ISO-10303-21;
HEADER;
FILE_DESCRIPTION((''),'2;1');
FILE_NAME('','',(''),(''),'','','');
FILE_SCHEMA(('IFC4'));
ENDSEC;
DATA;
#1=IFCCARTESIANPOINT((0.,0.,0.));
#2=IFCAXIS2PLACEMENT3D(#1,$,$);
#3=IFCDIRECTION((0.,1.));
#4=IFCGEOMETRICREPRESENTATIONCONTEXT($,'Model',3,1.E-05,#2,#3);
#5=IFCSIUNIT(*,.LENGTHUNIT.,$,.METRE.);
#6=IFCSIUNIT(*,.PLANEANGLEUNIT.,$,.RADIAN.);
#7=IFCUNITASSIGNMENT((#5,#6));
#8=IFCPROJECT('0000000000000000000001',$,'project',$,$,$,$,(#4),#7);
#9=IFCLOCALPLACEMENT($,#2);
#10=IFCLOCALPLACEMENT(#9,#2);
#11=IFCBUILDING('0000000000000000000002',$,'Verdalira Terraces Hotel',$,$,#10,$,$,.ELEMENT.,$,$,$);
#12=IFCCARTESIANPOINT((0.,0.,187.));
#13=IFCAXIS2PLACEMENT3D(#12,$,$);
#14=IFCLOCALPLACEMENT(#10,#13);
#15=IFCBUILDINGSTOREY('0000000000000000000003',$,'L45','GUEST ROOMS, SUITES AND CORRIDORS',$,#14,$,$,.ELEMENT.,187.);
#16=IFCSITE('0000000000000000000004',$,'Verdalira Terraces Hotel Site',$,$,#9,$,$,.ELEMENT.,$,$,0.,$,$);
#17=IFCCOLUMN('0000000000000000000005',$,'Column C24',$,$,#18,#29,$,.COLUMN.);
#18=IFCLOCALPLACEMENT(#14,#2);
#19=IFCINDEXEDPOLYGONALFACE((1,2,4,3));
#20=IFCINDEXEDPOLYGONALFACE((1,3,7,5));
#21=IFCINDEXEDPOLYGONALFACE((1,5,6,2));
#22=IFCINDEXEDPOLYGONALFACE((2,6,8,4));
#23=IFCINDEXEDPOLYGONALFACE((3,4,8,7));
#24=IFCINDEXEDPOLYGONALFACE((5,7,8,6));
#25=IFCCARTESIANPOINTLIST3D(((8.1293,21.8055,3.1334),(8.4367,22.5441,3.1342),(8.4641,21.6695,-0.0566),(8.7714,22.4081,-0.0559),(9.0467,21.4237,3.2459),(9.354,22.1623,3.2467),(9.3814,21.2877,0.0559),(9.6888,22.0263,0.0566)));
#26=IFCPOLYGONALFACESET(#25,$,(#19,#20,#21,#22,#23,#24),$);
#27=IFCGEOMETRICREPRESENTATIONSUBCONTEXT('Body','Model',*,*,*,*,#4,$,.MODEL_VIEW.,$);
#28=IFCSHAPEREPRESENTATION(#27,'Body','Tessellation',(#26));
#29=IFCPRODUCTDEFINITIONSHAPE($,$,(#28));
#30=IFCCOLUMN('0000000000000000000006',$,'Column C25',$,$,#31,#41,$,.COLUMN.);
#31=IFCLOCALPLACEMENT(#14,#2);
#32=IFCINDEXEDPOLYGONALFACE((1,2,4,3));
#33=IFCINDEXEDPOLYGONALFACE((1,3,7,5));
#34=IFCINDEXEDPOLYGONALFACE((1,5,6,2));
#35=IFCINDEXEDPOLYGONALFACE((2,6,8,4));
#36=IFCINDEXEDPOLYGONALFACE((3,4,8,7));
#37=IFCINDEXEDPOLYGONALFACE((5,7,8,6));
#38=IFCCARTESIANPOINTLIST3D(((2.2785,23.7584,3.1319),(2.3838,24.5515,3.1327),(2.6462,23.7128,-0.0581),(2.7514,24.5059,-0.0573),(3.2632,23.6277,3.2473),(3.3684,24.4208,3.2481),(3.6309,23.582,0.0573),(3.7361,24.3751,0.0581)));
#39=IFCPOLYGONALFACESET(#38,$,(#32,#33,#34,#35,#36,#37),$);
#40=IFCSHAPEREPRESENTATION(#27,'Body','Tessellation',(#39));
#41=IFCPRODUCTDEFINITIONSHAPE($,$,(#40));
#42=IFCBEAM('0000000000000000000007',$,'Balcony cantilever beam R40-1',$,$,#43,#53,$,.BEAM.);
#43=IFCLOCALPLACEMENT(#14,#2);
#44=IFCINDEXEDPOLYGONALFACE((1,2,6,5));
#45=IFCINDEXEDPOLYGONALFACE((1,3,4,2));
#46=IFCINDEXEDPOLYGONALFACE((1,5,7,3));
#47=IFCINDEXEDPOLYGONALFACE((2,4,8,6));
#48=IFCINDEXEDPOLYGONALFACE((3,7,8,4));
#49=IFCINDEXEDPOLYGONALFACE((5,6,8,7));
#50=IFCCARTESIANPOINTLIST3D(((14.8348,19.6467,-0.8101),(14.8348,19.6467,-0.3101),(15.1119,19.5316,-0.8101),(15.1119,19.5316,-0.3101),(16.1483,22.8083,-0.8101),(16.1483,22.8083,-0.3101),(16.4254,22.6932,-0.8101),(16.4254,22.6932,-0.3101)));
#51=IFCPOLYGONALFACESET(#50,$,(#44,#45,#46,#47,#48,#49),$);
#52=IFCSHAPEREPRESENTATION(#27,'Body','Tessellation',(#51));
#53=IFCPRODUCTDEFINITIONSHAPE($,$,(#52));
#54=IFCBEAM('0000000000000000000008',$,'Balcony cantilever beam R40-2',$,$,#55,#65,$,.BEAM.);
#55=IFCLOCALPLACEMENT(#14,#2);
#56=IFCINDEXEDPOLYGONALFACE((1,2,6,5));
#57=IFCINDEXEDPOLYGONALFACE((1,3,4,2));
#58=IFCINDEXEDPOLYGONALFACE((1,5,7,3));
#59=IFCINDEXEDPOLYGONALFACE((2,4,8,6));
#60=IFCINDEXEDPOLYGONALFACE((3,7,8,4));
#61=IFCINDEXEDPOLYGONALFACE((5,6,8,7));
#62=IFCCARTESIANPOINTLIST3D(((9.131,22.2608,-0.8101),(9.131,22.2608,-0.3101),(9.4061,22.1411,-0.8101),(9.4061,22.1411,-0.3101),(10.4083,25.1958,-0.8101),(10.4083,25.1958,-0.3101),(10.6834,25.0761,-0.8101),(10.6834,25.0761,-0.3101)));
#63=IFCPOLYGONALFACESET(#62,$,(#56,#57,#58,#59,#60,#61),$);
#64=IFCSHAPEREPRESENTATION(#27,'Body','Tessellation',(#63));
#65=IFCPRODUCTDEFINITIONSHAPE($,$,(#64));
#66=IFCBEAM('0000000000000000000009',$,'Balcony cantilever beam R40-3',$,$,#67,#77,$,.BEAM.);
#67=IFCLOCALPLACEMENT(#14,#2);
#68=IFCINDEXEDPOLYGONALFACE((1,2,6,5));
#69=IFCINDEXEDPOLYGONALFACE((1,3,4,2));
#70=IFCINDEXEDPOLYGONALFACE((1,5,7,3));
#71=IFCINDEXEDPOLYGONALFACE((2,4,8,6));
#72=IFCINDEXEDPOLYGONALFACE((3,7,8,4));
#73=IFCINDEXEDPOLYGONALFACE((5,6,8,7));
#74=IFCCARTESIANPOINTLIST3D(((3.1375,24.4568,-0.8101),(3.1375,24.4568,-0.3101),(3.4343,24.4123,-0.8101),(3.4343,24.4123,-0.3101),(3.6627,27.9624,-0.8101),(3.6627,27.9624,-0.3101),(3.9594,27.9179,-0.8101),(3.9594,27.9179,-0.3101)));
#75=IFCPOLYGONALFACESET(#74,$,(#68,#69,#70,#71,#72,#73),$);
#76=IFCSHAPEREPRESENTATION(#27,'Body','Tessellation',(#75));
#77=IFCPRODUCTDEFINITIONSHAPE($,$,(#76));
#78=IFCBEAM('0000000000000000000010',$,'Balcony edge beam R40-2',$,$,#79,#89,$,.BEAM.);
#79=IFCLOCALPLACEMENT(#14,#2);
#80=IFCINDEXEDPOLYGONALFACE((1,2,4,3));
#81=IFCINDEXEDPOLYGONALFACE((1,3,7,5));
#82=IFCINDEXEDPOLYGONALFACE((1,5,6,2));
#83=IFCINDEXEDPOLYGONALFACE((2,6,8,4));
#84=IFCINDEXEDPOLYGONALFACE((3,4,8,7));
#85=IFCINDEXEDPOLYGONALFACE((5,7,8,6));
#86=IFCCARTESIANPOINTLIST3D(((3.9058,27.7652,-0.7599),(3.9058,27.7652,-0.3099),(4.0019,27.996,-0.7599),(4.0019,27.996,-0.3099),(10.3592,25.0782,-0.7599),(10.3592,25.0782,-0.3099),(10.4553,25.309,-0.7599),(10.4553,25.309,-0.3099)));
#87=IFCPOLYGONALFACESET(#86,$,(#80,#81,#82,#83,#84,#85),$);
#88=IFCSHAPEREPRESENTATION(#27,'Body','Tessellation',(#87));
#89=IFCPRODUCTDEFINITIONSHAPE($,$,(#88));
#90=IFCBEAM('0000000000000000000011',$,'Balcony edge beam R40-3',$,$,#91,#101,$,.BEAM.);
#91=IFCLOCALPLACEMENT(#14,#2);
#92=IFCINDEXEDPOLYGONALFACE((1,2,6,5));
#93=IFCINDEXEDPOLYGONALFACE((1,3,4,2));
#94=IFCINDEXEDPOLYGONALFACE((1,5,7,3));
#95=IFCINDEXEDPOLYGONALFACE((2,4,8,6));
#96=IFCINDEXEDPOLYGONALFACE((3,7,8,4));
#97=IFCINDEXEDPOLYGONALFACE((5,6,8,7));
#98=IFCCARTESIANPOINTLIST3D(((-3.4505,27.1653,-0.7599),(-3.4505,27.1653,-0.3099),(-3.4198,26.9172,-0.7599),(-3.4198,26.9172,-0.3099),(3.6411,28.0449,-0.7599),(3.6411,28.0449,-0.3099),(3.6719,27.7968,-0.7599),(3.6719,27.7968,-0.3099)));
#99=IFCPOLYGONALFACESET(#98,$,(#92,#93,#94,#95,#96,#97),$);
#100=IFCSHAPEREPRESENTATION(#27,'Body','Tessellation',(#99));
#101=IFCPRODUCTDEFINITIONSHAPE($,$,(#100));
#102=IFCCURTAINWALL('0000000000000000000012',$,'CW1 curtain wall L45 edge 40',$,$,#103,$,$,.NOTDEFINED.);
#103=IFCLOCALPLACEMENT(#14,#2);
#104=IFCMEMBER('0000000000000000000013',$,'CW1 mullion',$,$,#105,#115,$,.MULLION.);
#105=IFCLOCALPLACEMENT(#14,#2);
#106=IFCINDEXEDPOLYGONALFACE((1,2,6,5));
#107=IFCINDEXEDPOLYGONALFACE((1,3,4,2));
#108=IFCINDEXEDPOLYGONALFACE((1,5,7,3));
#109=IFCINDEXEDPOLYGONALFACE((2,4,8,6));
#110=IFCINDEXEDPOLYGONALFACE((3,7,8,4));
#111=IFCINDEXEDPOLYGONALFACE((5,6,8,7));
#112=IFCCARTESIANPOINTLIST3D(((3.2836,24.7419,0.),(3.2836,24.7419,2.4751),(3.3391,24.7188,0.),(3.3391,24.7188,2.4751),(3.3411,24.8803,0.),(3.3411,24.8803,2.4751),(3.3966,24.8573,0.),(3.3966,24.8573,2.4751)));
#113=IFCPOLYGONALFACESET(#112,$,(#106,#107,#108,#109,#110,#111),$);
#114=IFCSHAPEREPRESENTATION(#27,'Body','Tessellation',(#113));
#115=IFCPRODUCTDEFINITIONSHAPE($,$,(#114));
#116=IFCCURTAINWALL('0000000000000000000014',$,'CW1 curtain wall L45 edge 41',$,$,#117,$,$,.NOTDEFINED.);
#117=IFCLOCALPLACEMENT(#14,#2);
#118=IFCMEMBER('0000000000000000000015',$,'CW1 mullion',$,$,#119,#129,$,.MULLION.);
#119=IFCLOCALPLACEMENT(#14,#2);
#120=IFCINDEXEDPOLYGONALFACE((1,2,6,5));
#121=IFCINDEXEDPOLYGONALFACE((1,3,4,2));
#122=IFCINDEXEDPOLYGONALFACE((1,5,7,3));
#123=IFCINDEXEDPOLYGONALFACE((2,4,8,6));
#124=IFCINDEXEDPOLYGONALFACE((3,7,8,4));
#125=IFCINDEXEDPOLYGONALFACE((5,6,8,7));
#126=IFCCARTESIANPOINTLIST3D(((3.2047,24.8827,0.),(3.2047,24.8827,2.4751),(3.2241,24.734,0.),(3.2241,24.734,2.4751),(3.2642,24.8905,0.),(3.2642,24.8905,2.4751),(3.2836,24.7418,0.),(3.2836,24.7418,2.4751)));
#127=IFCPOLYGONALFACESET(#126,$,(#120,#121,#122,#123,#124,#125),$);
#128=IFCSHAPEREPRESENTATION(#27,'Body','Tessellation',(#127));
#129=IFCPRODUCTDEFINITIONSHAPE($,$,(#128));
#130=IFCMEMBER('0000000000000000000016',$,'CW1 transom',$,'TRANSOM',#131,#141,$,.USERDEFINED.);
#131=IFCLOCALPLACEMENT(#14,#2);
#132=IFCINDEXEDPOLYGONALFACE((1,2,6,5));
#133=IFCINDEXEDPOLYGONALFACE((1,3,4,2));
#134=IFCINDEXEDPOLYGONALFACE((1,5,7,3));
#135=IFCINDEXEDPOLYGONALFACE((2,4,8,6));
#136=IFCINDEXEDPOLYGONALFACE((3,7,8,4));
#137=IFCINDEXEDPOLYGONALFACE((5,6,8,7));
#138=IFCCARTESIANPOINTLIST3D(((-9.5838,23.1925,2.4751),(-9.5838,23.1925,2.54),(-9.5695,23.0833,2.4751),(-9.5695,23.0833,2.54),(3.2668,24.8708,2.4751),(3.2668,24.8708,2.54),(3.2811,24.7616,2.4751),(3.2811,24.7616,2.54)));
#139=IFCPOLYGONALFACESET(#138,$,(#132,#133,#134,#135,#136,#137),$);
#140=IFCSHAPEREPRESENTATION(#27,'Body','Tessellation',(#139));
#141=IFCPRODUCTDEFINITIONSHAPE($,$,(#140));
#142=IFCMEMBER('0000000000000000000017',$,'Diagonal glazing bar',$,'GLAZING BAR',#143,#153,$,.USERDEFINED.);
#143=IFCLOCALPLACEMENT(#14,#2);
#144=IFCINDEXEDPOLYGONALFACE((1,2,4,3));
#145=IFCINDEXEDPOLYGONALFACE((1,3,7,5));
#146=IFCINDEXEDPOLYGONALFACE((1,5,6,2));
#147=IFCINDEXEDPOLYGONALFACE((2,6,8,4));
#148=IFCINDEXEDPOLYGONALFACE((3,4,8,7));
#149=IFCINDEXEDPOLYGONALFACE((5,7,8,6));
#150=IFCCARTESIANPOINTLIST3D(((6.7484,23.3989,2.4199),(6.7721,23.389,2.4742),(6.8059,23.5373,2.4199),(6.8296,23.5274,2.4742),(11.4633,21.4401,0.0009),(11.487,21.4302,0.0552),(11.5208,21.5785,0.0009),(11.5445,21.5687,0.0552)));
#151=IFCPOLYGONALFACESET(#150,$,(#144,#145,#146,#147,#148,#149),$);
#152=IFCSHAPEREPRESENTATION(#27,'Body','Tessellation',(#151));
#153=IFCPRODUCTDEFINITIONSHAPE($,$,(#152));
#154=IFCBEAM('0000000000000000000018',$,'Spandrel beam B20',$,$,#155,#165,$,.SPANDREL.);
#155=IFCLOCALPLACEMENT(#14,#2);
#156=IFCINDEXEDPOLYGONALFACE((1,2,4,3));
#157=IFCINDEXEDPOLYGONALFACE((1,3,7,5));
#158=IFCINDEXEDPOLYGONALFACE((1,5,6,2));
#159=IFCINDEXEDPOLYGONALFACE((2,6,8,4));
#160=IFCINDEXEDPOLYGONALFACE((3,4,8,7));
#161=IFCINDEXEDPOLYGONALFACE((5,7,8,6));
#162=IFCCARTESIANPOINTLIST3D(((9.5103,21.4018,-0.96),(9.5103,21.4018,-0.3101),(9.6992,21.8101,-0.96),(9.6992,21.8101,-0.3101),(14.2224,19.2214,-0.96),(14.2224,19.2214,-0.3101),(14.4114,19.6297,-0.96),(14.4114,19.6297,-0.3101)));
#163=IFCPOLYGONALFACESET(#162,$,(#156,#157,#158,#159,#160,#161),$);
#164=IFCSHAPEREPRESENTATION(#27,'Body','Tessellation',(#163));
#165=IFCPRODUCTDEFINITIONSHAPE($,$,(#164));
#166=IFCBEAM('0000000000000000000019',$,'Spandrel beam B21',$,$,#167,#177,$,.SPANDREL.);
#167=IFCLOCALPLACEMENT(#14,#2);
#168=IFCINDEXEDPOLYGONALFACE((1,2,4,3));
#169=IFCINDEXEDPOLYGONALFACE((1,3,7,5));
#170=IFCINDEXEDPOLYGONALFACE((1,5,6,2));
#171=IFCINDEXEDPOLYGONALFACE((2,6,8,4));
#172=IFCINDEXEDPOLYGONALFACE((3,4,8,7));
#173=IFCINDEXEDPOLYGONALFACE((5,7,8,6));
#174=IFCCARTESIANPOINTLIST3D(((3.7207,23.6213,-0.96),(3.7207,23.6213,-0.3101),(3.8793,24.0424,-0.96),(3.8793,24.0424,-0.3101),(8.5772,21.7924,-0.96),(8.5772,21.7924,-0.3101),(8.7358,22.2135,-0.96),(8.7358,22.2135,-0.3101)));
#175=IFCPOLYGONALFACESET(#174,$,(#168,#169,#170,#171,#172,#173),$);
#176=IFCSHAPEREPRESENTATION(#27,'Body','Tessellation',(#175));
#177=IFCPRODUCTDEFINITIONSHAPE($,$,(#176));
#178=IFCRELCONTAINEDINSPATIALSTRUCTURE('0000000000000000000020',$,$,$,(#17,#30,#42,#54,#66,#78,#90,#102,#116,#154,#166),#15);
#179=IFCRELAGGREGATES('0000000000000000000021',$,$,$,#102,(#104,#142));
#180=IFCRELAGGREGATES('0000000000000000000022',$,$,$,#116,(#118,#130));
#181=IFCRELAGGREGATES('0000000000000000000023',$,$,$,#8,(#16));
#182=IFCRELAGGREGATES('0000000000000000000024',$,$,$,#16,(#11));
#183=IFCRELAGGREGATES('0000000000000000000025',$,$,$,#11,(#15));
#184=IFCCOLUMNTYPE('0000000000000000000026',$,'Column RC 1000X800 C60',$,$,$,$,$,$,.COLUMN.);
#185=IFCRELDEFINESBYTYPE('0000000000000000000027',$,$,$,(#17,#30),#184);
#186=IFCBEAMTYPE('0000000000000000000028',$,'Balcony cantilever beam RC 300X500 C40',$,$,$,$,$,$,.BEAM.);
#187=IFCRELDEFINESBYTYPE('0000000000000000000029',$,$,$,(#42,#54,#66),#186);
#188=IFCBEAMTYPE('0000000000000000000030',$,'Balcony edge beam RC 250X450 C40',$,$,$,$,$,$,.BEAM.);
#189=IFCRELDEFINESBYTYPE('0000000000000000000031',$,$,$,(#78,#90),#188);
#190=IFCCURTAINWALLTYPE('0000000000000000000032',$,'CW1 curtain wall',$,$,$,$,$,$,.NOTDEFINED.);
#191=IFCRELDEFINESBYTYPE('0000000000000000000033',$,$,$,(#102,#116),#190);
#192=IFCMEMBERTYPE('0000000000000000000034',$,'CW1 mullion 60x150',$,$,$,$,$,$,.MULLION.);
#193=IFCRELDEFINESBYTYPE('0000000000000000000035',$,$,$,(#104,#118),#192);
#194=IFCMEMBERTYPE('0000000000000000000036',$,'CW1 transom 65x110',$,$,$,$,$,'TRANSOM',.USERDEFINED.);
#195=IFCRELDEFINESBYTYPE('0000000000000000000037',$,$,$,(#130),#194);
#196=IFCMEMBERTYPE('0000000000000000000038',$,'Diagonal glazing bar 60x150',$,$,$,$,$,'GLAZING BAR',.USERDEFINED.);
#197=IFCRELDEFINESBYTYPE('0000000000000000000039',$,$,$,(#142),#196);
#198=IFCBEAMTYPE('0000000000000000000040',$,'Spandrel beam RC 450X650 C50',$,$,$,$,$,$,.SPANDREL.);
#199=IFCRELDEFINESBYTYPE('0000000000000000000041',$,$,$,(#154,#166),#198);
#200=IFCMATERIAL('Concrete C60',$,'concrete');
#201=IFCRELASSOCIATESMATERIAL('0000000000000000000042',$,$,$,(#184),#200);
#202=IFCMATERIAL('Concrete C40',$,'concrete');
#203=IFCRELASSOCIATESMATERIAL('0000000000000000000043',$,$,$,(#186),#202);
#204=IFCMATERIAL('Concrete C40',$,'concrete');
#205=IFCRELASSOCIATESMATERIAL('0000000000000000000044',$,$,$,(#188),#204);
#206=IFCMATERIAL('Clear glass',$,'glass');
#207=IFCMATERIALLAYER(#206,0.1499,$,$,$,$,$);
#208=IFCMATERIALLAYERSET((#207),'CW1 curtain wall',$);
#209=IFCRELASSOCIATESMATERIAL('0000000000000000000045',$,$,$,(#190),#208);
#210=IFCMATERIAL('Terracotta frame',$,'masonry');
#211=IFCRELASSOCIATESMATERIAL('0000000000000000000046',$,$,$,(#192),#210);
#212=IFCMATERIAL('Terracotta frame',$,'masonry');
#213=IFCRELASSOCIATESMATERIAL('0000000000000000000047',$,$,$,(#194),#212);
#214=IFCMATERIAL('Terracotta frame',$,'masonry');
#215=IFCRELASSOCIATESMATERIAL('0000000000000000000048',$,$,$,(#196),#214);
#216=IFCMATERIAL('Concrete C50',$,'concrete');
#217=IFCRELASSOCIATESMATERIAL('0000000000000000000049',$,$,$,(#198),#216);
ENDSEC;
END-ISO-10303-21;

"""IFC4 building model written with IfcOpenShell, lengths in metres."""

from ifc_helpers import new_model, si_unit, direction, frame, origin, origin_2d, place, context, subcontext, project, spatial, rectangle, extrude, material, layer, layer_set, material_profile, profile_set, type_object, element, aggregate, save


model = new_model("IFC4")

# Units and contexts
model_context = context("Model", 3, precision=1e-05, world=origin(), true_north=direction((0.0, 1.0)))
body_context = subcontext(model_context, "Body", "Model", "MODEL_VIEW")
ifc_project = project(units=[si_unit("LENGTHUNIT", "METRE"), si_unit("PLANEANGLEUNIT", "RADIAN")], contexts=[model_context])

# Site, building, storey
site_placement = place(None, origin())
site = spatial("IfcSite", under=ifc_project, at=site_placement, Name="Verdalira Terraces Hotel Site", CompositionType="ELEMENT", RefElevation=0.0)
building_placement = place(site_placement, origin())
building = spatial("IfcBuilding", under=site, at=building_placement, Name="Verdalira Terraces Hotel", CompositionType="ELEMENT")
storey_placement = place(building_placement, frame((0.0, 0.0, 187.0)))
storey = spatial("IfcBuildingStorey", under=building, at=storey_placement, Name="L45", Description="GUEST ROOMS, SUITES AND CORRIDORS", CompositionType="ELEMENT", Elevation=187.0)

# Columns
ifc_material_1 = material(Name="Concrete C60", Category="concrete")
ifc_material_profile_1 = material_profile(ifc_material_1, rectangle(XDim=1.0, YDim=0.8, at=origin_2d()), Name="RC 1000X800")
ifc_profile_set_1 = profile_set([ifc_material_profile_1], Name="Concrete C60")
column_type = type_object("IfcColumnType", Name="Column RC 1000X800 C60", PredefinedType="COLUMN", material=ifc_profile_set_1)
column_1_placement = place(storey_placement, frame((9.0764, 21.8479, 0.0), z_axis=(-0.104262, 0.042359, 0.993647), x_axis=(-0.917367, 0.381802, -0.112534)))
element("IfcColumn", 1, at=column_1_placement, inside=storey, type_object=column_type, Name="Column C24", PredefinedType="COLUMN", context=body_context, shape_type="SweptSolid", body=[
    extrude(rectangle(XDim=1.0, YDim=0.8, at=origin_2d()), origin(), (0.0, 0.0, 1.0), 3.2104),
])
column_2_placement = place(storey_placement, frame((3.1912, 24.0439, 0.0), z_axis=(-0.114491, 0.014216, 0.993323), x_axis=(0.984678, -0.130766, 0.115366)))
element("IfcColumn", 2, at=column_2_placement, inside=storey, type_object=column_type, Name="Column C25", PredefinedType="COLUMN", context=body_context, shape_type="SweptSolid", body=[
    extrude(rectangle(XDim=1.0, YDim=0.8, at=origin_2d()), origin(), (0.0, 0.0, 1.0), 3.2114),
])

# Beams
ifc_material_2 = material(Name="Concrete C40", Category="concrete")
ifc_material_profile_2 = material_profile(ifc_material_2, rectangle(XDim=0.3, YDim=0.5, at=origin_2d()), Name="RC 300X500")
ifc_profile_set_2 = profile_set([ifc_material_profile_2], Name="Concrete C40")
beam_type_1 = type_object("IfcBeamType", Name="Balcony cantilever beam RC 300X500 C40", PredefinedType="BEAM", material=ifc_profile_set_2)
beam_1_placement = place(storey_placement, frame((14.9734, 19.5891, -0.5601), z_axis=(0.383653, 0.923477, 0.0), x_axis=(-0.923477, 0.383653, 0.0)))
element("IfcBeam", 3, at=beam_1_placement, inside=storey, type_object=beam_type_1, Name="Balcony cantilever beam R40-1", PredefinedType="BEAM", context=body_context, shape_type="SweptSolid", body=[
    extrude(rectangle(XDim=0.3, YDim=0.5, at=origin_2d()), origin(), (0.0, 0.0, 1.0), 3.4236),
])
beam_2_placement = place(storey_placement, frame((9.2686, 22.2009, -0.5601), z_axis=(0.39905, 0.916929, 0.0), x_axis=(-0.916929, 0.39905, 0.0)))
element("IfcBeam", 4, at=beam_2_placement, inside=storey, type_object=beam_type_1, Name="Balcony cantilever beam R40-2", PredefinedType="BEAM", context=body_context, shape_type="SweptSolid", body=[
    extrude(rectangle(XDim=0.3, YDim=0.5, at=origin_2d()), origin(), (0.0, 0.0, 1.0), 3.2009),
])
beam_3_placement = place(storey_placement, frame((3.2859, 24.4346, -0.5601), z_axis=(0.148148, 0.988965, 0.0), x_axis=(-0.988965, 0.148148, 0.0)))
element("IfcBeam", 5, at=beam_3_placement, inside=storey, type_object=beam_type_1, Name="Balcony cantilever beam R40-3", PredefinedType="BEAM", context=body_context, shape_type="SweptSolid", body=[
    extrude(rectangle(XDim=0.3, YDim=0.5, at=origin_2d()), origin(), (0.0, 0.0, 1.0), 3.5447),
])
ifc_material_3 = material(Name="Concrete C40", Category="concrete")
ifc_material_profile_3 = material_profile(ifc_material_3, rectangle(XDim=0.25, YDim=0.45, at=origin_2d()), Name="RC 250X450")
ifc_profile_set_3 = profile_set([ifc_material_profile_3], Name="Concrete C40")
beam_type_2 = type_object("IfcBeamType", Name="Balcony edge beam RC 250X450 C40", PredefinedType="BEAM", material=ifc_profile_set_3)
beam_4_placement = place(storey_placement, frame((10.4072, 25.1936, -0.5349), z_axis=(-0.923173, 0.384385, 0.0), x_axis=(-0.384385, -0.923173, 0.0)))
element("IfcBeam", 6, at=beam_4_placement, inside=storey, type_object=beam_type_2, Name="Balcony edge beam R40-2", PredefinedType="BEAM", context=body_context, shape_type="SweptSolid", body=[
    extrude(rectangle(XDim=0.25, YDim=0.45, at=origin_2d()), origin(), (0.0, 0.0, 1.0), 6.9905),
])
beam_5_placement = place(storey_placement, frame((3.6565, 27.9209, -0.5349), z_axis=(-0.992395, -0.123097, 0.0), x_axis=(0.123097, -0.992395, 0.0)))
element("IfcBeam", 7, at=beam_5_placement, inside=storey, type_object=beam_type_2, Name="Balcony edge beam R40-3", PredefinedType="BEAM", context=body_context, shape_type="SweptSolid", body=[
    extrude(rectangle(XDim=0.25, YDim=0.45, at=origin_2d()), origin(), (0.0, 0.0, 1.0), 7.146),
])

# Curtain wall, member
ifc_material_4 = material(Name="Clear glass", Category="glass")
ifc_layer_1 = layer(ifc_material_4, 0.1499)
ifc_layer_set_1 = layer_set([ifc_layer_1], Name="CW1 curtain wall")
curtain_wall_type = type_object("IfcCurtainWallType", Name="CW1 curtain wall", PredefinedType="NOTDEFINED", material=ifc_layer_set_1)
curtain_wall_1_placement = place(storey_placement, origin())
curtain_wall_1 = element("IfcCurtainWall", 8, at=curtain_wall_1_placement, inside=storey, type_object=curtain_wall_type, Name="CW1 curtain wall L45 edge 40", PredefinedType="NOTDEFINED")
ifc_material_5 = material(Name="Terracotta frame", Category="masonry")
ifc_material_profile_4 = material_profile(ifc_material_5, rectangle(XDim=0.0601, YDim=0.1499, at=origin_2d()), Name="MU 60x150")
ifc_profile_set_4 = profile_set([ifc_material_profile_4], Name="Terracotta frame")
member_type_1 = type_object("IfcMemberType", Name="CW1 mullion 60x150", PredefinedType="MULLION", material=ifc_profile_set_4)
member_1_placement = place(storey_placement, frame((3.3401, 24.7996, 0.0), z_axis=(0.0, 0.0, 1.0), x_axis=(-0.923478, 0.383651, 0.0)))
member_1 = element("IfcMember", 9, at=member_1_placement, type_object=member_type_1, Name="CW1 mullion", PredefinedType="MULLION", context=body_context, shape_type="SweptSolid", body=[
    extrude(rectangle(XDim=0.0601, YDim=0.1499, at=origin_2d()), origin(), (0.0, 0.0, 1.0), 2.4751),
])

# Curtain wall, members
curtain_wall_2_placement = place(storey_placement, origin())
curtain_wall_2 = element("IfcCurtainWall", 10, at=curtain_wall_2_placement, inside=storey, type_object=curtain_wall_type, Name="CW1 curtain wall L45 edge 41", PredefinedType="NOTDEFINED")
member_2_placement = place(storey_placement, frame((3.2441, 24.8123, 0.0), z_axis=(0.0, 0.0, 1.0), x_axis=(-0.991581, -0.129488, 0.0)))
member_2 = element("IfcMember", 11, at=member_2_placement, type_object=member_type_1, Name="CW1 mullion", PredefinedType="MULLION", context=body_context, shape_type="SweptSolid", body=[
    extrude(rectangle(XDim=0.0601, YDim=0.1499, at=origin_2d()), origin(), (0.0, 0.0, 1.0), 2.4751),
])
ifc_material_6 = material(Name="Terracotta frame", Category="masonry")
ifc_material_profile_5 = material_profile(ifc_material_6, rectangle(XDim=0.1101, YDim=0.0649, at=origin_2d()), Name="TR 65x110")
ifc_profile_set_5 = profile_set([ifc_material_profile_5], Name="Terracotta frame")
member_type_2 = type_object("IfcMemberType", Name="CW1 transom 65x110", ElementType="TRANSOM", PredefinedType="USERDEFINED", material=ifc_profile_set_5)
member_3_placement = place(storey_placement, frame((3.2739, 24.8162, 2.5076), z_axis=(-0.99158, -0.129495, 0.0), x_axis=(0.129495, -0.99158, 0.0)))
member_3 = element("IfcMember", 12, at=member_3_placement, type_object=member_type_2, Name="CW1 transom", ObjectType="TRANSOM", PredefinedType="USERDEFINED", context=body_context, shape_type="SweptSolid", body=[
    extrude(rectangle(XDim=0.1101, YDim=0.0649, at=origin_2d()), origin(), (0.0, 0.0, 1.0), 12.9597),
])

# Member
ifc_material_7 = material(Name="Terracotta frame", Category="masonry")
ifc_material_profile_6 = material_profile(ifc_material_7, rectangle(XDim=0.1499, YDim=0.0601, at=origin_2d()), Name="GB 60x150")
ifc_profile_set_6 = profile_set([ifc_material_profile_6], Name="Terracotta frame")
member_type_3 = type_object("IfcMemberType", Name="Diagonal glazing bar 60x150", ElementType="GLAZING BAR", PredefinedType="USERDEFINED", material=ifc_profile_set_6)
member_4_placement = place(storey_placement, frame((11.5039, 21.5044, 0.0281), z_axis=(-0.834548, 0.346706, 0.428164), x_axis=(-0.383651, -0.923478, 0.0)))
member_4 = element("IfcMember", 13, at=member_4_placement, type_object=member_type_3, Name="Diagonal glazing bar", ObjectType="GLAZING BAR", PredefinedType="USERDEFINED", context=body_context, shape_type="SweptSolid", body=[
    extrude(rectangle(XDim=0.1499, YDim=0.0601, at=origin_2d()), origin(), (0.0, 0.0, 1.0), 5.6497),
])

# Beams
ifc_material_8 = material(Name="Concrete C50", Category="concrete")
ifc_material_profile_7 = material_profile(ifc_material_8, rectangle(XDim=0.45, YDim=0.6499, at=origin_2d()), Name="RC 450X650")
ifc_profile_set_7 = profile_set([ifc_material_profile_7], Name="Concrete C50")
beam_type_3 = type_object("IfcBeamType", Name="Spandrel beam RC 450X650 C50", PredefinedType="SPANDREL", material=ifc_profile_set_7)
beam_6_placement = place(storey_placement, frame((14.3169, 19.4255, -0.635), z_axis=(-0.90755, 0.419944, 0.0), x_axis=(-0.419944, -0.90755, 0.0)))
element("IfcBeam", 14, at=beam_6_placement, inside=storey, type_object=beam_type_3, Name="Spandrel beam B20", PredefinedType="SPANDREL", context=body_context, shape_type="SweptSolid", body=[
    extrude(rectangle(XDim=0.45, YDim=0.6499, at=origin_2d()), origin(), (0.0, 0.0, 1.0), 5.1921),
])
beam_7_placement = place(storey_placement, frame((8.6565, 22.0029, -0.635), z_axis=(-0.935841, 0.352422, 0.0), x_axis=(-0.352422, -0.935841, 0.0)))
element("IfcBeam", 15, at=beam_7_placement, inside=storey, type_object=beam_type_3, Name="Spandrel beam B21", PredefinedType="SPANDREL", context=body_context, shape_type="SweptSolid", body=[
    extrude(rectangle(XDim=0.45, YDim=0.6499, at=origin_2d()), origin(), (0.0, 0.0, 1.0), 5.1895),
])

aggregate(curtain_wall_1, [member_1, member_4])
aggregate(curtain_wall_2, [member_2, member_3])

save(model, "model.ifc")
